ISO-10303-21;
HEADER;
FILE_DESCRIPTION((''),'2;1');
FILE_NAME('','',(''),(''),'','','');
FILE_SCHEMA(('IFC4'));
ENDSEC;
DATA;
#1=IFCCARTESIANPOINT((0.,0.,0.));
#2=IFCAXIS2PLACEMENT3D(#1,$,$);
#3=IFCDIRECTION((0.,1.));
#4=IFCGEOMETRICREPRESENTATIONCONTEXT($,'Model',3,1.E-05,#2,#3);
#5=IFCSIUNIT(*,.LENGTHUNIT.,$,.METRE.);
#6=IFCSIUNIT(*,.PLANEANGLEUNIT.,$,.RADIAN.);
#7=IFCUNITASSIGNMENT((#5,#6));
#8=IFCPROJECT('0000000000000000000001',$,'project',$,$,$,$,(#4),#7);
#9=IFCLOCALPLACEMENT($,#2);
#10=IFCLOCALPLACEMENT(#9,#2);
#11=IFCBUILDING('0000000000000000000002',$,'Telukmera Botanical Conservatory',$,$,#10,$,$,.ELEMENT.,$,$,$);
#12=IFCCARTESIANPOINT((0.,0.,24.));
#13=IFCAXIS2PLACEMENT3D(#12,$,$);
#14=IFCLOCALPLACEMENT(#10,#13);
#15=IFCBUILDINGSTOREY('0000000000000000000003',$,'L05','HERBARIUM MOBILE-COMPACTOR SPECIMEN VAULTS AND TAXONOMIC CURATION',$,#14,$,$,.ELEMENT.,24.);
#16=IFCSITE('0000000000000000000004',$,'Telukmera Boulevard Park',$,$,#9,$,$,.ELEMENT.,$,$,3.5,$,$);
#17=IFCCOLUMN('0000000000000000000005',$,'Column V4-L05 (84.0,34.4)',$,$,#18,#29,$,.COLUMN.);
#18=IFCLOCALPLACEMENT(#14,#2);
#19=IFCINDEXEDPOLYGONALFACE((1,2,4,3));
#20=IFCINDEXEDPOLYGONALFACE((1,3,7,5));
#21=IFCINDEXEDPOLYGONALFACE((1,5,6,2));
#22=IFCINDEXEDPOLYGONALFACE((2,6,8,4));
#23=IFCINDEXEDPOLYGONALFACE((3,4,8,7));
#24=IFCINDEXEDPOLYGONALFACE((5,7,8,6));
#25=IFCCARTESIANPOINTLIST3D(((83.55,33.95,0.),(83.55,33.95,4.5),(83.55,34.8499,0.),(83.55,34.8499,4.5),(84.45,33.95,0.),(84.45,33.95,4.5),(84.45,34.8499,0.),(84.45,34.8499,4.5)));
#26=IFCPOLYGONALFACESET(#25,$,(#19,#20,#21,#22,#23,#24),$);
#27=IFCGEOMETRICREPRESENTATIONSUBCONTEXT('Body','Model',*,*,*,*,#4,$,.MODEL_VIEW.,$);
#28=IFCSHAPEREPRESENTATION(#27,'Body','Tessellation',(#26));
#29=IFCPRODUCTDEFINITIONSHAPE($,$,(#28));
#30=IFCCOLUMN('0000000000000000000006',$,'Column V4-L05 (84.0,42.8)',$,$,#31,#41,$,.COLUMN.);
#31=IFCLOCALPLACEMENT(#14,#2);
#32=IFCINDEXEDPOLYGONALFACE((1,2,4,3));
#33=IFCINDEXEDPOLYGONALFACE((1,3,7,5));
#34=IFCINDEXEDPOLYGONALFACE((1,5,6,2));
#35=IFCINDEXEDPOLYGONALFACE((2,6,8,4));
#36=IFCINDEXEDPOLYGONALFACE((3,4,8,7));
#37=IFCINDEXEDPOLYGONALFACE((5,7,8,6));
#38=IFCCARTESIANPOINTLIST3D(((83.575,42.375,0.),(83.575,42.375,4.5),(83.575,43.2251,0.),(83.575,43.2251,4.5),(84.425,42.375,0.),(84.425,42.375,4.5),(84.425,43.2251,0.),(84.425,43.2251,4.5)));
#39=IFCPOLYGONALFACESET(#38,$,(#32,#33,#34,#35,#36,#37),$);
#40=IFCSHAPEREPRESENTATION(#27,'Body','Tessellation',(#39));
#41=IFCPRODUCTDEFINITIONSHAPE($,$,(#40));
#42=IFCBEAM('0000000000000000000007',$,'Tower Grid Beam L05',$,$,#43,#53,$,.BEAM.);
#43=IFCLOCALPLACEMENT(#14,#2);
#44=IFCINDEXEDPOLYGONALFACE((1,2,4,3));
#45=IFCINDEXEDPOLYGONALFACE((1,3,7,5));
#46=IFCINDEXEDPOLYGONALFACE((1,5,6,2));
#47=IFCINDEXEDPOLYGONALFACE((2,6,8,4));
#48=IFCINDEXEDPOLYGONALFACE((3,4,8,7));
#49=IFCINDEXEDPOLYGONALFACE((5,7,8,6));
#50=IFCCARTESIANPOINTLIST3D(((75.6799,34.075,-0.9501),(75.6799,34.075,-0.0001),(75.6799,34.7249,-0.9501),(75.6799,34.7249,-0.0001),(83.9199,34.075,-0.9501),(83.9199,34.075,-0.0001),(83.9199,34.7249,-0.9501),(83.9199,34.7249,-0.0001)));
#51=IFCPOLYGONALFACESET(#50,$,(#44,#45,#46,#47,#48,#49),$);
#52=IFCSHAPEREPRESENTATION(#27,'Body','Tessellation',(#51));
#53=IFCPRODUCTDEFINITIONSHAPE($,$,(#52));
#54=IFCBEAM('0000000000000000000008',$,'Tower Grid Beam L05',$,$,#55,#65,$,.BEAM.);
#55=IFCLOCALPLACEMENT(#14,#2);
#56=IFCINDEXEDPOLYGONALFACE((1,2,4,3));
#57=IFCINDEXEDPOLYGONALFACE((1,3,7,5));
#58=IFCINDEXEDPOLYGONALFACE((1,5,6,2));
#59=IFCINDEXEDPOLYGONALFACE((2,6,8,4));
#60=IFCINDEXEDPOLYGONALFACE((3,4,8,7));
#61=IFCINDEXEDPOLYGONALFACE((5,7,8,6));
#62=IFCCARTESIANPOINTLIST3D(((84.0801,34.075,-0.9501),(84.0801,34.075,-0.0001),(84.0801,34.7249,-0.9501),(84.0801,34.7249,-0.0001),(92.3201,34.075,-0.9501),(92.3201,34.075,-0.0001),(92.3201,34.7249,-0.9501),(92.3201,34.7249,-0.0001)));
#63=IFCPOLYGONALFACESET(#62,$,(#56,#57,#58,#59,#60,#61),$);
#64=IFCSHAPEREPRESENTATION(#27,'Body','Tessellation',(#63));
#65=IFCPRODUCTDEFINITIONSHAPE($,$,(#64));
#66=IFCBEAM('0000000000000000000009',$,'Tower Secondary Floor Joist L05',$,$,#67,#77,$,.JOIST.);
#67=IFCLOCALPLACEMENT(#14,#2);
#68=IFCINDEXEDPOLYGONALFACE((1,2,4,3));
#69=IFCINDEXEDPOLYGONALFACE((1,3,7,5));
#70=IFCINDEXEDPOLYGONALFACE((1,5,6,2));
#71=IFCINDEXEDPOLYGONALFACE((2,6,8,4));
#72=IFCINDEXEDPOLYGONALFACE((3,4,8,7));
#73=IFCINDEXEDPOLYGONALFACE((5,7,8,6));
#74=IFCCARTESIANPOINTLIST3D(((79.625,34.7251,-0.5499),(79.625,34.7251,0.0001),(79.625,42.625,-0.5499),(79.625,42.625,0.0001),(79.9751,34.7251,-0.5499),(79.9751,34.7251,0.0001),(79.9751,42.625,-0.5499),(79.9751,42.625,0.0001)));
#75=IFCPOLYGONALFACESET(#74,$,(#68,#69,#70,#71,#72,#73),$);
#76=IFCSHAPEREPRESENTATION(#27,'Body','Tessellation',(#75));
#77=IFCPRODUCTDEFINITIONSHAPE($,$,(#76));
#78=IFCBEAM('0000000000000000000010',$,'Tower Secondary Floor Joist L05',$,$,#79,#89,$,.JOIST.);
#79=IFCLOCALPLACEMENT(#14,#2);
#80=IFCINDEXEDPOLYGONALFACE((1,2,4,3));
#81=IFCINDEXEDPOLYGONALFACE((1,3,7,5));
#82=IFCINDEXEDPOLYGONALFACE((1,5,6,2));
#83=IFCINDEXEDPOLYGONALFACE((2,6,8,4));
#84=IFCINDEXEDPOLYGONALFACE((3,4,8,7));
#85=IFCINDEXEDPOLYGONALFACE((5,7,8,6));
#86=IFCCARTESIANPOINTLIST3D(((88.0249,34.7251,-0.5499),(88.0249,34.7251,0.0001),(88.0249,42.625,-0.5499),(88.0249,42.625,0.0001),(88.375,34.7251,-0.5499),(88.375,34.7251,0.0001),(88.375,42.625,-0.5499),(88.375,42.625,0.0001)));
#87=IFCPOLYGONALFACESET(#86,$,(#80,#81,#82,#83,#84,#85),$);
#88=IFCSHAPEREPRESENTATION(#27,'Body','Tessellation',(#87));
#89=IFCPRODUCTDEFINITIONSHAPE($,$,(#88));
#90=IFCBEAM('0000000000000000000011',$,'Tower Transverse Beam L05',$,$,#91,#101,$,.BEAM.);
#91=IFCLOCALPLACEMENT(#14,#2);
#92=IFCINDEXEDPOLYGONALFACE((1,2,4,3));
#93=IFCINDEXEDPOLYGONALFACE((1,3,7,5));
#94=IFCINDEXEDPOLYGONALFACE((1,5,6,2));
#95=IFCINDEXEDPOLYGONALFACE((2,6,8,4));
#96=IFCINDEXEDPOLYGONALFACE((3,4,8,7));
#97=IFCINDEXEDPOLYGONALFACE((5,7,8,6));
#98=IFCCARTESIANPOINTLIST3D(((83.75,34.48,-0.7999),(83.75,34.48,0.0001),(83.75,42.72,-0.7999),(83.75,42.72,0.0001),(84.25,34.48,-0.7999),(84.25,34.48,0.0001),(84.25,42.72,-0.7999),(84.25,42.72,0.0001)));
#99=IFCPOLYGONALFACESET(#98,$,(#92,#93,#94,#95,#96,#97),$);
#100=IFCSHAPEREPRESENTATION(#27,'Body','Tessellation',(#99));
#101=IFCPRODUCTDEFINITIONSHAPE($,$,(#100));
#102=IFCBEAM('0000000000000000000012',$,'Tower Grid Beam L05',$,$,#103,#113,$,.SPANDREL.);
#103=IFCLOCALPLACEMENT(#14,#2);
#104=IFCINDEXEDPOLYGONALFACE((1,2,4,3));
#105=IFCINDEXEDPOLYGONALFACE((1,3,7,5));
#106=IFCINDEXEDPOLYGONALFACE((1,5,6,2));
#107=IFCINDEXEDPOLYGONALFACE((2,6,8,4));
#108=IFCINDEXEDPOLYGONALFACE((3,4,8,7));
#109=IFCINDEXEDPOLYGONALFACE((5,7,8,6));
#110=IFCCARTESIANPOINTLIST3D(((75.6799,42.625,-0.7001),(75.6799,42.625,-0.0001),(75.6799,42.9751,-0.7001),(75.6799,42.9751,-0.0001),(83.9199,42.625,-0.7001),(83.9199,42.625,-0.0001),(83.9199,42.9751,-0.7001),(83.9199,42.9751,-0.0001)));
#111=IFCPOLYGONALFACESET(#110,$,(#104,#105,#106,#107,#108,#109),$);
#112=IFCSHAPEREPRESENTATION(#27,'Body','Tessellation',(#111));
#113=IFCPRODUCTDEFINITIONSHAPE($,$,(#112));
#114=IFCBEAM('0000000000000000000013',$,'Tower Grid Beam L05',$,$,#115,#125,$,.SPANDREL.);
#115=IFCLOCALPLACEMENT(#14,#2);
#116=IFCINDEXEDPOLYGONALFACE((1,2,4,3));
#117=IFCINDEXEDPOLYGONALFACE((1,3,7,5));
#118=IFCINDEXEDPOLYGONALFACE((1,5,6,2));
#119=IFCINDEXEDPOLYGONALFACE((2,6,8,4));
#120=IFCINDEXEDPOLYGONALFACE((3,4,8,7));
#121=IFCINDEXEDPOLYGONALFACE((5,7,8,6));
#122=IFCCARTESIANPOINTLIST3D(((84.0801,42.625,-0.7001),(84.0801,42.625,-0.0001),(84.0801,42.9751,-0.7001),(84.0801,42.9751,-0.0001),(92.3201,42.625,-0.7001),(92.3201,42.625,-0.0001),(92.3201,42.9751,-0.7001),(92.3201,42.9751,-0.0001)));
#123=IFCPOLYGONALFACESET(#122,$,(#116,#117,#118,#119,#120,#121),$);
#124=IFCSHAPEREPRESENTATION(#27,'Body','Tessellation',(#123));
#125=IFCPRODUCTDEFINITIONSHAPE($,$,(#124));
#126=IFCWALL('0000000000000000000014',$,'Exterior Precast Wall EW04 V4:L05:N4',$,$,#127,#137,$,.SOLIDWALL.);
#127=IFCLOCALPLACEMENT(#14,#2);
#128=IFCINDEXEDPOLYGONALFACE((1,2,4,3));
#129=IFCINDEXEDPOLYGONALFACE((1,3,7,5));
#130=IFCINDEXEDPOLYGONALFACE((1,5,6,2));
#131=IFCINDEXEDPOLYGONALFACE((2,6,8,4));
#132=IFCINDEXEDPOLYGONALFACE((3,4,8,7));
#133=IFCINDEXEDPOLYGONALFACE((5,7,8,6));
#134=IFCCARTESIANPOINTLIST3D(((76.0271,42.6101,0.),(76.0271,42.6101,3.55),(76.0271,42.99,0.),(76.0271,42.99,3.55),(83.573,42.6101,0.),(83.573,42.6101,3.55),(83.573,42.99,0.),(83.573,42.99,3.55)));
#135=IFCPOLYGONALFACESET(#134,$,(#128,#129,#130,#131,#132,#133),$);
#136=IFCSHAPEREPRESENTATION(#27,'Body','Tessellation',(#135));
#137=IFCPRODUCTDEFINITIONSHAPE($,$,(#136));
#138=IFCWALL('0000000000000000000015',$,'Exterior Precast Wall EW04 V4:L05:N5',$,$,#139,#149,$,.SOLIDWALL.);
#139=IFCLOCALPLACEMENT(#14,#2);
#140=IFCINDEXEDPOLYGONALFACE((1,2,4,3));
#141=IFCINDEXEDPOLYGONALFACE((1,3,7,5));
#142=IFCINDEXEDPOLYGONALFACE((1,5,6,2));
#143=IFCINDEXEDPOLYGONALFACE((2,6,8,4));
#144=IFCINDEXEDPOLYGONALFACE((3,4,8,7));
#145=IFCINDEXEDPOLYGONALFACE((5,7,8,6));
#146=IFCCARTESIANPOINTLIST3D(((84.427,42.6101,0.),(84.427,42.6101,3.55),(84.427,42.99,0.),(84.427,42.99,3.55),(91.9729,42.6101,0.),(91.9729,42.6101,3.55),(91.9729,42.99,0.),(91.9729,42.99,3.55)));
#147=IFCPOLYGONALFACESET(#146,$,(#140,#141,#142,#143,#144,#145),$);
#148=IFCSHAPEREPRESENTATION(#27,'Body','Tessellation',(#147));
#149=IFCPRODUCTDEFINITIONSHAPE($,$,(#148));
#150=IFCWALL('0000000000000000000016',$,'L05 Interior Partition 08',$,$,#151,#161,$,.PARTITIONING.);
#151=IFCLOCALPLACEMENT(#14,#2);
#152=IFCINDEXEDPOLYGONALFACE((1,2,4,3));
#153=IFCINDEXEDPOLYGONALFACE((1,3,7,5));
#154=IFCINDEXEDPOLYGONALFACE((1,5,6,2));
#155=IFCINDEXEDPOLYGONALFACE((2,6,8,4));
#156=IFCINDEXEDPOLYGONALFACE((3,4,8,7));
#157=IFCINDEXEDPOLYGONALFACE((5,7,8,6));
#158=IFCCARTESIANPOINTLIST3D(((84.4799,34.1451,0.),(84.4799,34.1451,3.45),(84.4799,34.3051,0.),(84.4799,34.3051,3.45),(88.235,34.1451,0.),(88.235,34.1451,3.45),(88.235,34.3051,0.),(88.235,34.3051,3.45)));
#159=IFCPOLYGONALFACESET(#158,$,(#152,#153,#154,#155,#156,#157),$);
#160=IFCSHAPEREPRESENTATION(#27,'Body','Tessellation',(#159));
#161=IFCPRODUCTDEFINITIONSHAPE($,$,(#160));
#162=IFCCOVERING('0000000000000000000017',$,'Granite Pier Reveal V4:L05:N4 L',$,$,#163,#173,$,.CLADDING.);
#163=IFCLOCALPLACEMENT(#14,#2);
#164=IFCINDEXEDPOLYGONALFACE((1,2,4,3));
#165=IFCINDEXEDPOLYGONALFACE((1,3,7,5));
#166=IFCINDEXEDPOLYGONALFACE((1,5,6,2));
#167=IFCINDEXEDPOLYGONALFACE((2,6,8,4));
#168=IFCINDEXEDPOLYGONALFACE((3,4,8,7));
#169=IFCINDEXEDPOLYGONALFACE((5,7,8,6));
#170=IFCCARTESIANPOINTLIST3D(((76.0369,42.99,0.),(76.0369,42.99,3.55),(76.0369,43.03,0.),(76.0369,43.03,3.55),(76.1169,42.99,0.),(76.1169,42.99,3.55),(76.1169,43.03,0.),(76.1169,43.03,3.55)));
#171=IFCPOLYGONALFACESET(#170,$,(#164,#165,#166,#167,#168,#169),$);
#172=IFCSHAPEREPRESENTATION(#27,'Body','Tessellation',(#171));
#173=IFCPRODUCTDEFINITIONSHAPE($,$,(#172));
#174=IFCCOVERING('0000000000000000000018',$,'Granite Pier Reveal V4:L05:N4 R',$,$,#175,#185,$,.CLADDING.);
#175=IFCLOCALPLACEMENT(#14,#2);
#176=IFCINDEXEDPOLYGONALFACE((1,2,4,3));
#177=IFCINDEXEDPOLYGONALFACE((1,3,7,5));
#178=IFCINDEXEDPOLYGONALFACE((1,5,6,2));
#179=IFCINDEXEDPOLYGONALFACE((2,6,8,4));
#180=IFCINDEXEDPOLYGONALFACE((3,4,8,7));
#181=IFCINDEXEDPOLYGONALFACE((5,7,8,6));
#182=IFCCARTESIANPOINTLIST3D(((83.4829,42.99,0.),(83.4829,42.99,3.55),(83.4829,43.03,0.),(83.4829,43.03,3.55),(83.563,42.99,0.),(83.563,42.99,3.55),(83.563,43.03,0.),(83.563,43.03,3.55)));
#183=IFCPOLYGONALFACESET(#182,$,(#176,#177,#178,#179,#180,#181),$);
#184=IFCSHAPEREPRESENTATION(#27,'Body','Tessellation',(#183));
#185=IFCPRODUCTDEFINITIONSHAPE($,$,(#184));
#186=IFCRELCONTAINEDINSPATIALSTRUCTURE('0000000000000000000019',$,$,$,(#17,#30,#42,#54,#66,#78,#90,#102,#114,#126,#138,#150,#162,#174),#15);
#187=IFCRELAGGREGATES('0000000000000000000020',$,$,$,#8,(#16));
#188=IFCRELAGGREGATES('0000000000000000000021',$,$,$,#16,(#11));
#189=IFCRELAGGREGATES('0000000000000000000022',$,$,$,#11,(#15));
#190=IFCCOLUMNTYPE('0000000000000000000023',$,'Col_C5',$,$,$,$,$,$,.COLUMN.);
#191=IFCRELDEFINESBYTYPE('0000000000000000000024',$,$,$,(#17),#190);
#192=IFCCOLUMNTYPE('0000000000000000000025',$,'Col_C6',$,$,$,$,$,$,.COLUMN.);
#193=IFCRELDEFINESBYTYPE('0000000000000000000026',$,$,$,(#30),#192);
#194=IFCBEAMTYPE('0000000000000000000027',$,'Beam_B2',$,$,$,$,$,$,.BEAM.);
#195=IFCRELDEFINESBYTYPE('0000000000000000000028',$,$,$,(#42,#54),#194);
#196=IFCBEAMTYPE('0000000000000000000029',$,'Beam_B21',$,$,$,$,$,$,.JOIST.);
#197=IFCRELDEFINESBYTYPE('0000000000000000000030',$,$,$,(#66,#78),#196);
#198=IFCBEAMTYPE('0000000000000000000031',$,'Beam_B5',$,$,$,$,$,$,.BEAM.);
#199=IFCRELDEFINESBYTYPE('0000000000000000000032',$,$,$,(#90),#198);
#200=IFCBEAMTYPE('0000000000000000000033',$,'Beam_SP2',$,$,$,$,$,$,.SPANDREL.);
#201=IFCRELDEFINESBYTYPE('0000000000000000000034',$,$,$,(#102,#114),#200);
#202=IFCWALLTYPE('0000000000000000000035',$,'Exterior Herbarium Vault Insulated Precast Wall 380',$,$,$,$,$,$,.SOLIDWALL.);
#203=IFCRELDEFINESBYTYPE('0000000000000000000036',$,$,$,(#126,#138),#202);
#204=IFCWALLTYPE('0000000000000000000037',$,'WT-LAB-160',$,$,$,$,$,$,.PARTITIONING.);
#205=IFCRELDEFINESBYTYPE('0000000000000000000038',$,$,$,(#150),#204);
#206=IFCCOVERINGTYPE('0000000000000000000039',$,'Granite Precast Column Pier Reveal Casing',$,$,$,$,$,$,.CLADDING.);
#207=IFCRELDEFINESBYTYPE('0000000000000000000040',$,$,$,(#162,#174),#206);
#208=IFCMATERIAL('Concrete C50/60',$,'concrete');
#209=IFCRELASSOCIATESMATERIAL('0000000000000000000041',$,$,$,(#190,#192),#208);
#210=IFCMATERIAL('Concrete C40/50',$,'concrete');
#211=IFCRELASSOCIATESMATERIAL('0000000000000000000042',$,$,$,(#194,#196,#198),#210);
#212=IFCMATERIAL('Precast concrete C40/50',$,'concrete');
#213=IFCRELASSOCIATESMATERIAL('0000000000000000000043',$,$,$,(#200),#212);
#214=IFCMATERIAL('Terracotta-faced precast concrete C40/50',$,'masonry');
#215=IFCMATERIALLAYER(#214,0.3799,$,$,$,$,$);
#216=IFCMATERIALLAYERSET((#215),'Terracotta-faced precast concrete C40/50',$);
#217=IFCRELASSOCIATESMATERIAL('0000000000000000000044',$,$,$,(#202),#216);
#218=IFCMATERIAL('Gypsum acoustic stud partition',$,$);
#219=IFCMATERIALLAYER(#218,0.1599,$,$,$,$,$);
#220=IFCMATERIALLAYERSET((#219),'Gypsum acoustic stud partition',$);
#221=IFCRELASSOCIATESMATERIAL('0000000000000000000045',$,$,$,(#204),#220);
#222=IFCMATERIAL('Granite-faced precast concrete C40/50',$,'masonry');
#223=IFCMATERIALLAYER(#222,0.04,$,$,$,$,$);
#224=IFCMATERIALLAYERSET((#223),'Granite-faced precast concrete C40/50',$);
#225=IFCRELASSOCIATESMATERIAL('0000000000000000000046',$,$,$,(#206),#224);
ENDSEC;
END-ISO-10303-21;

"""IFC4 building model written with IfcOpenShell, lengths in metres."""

from ifc_helpers import new_model, si_unit, direction, frame, frame_2d, origin, origin_2d, place, context, subcontext, project, spatial, rectangle, extrude, material, layer, layer_set, material_profile, profile_set, type_object, element, save


model = new_model("IFC4")

# Units and contexts
model_context = context("Model", 3, precision=1e-05, world=origin(), true_north=direction((0.0, 1.0)))
body_context = subcontext(model_context, "Body", "Model", "MODEL_VIEW")
ifc_project = project(units=[si_unit("LENGTHUNIT", "METRE"), si_unit("PLANEANGLEUNIT", "RADIAN")], contexts=[model_context])

# Site, building, storey
site_placement = place(None, origin())
site = spatial("IfcSite", under=ifc_project, at=site_placement, Name="Telukmera Boulevard Park", CompositionType="ELEMENT", RefElevation=3.5)
building_placement = place(site_placement, origin())
building = spatial("IfcBuilding", under=site, at=building_placement, Name="Telukmera Botanical Conservatory", CompositionType="ELEMENT")
storey_placement = place(building_placement, frame((0.0, 0.0, 24.0)))
storey = spatial("IfcBuildingStorey", under=building, at=storey_placement, Name="L05", Description="HERBARIUM MOBILE-COMPACTOR SPECIMEN VAULTS AND TAXONOMIC CURATION", CompositionType="ELEMENT", Elevation=24.0)

# Columns
ifc_material_1 = material(Name="Concrete C50/60", Category="concrete")
ifc_material_profile_1 = material_profile(ifc_material_1, rectangle(XDim=0.8999, YDim=0.8999, at=origin_2d()), Name="RC 900x900")
ifc_profile_set_1 = profile_set([ifc_material_profile_1], Name="Concrete C50/60")
column_type_1 = type_object("IfcColumnType", Name="Col_C5", PredefinedType="COLUMN", material=ifc_profile_set_1)
column_1_placement = place(storey_placement, frame((84.0, 34.3999, 0.0), z_axis=(0.0, 0.0, 1.0), x_axis=(1.0, 0.0, 0.0)))
element("IfcColumn", 1, at=column_1_placement, inside=storey, type_object=column_type_1, Name="Column V4-L05 (84.0,34.4)", PredefinedType="COLUMN", context=body_context, shape_type="SweptSolid", body=[
    extrude(rectangle(XDim=0.8999, YDim=0.8999, at=origin_2d()), origin(), (0.0, 0.0, 1.0), 4.5),
])
ifc_material_profile_2 = material_profile(ifc_material_1, rectangle(XDim=0.8501, YDim=0.8501, at=origin_2d()), Name="RC 850x850")
ifc_profile_set_2 = profile_set([ifc_material_profile_2], Name="Concrete C50/60")
column_type_2 = type_object("IfcColumnType", Name="Col_C6", PredefinedType="COLUMN", material=ifc_profile_set_2)
column_2_placement = place(storey_placement, frame((84.0, 42.8, 0.0), z_axis=(0.0, 0.0, 1.0), x_axis=(1.0, 0.0, 0.0)))
element("IfcColumn", 2, at=column_2_placement, inside=storey, type_object=column_type_2, Name="Column V4-L05 (84.0,42.8)", PredefinedType="COLUMN", context=body_context, shape_type="SweptSolid", body=[
    extrude(rectangle(XDim=0.8501, YDim=0.8501, at=origin_2d()), origin(), (0.0, 0.0, 1.0), 4.5),
])

# Beams
ifc_material_2 = material(Name="Concrete C40/50", Category="concrete")
ifc_material_profile_3 = material_profile(ifc_material_2, rectangle(XDim=0.6499, YDim=0.95, at=origin_2d()), Name="RC 650x950")
ifc_profile_set_3 = profile_set([ifc_material_profile_3], Name="Concrete C40/50")
beam_type_1 = type_object("IfcBeamType", Name="Beam_B2", PredefinedType="BEAM", material=ifc_profile_set_3)
for number, where, z_axis, x_axis, name in (
    (3, (75.6799, 34.3999, -0.4751), (1.0, 0.0, 0.0), (0.0, 1.0, 0.0), "Tower Grid Beam L05"),
    (4, (84.0801, 34.3999, -0.4751), (1.0, 0.0, 0.0), (0.0, 1.0, 0.0), "Tower Grid Beam L05"),
):
    element("IfcBeam", number, at=place(storey_placement, frame(where, z_axis=z_axis, x_axis=x_axis)), inside=storey, type_object=beam_type_1, Name=name, PredefinedType="BEAM", context=body_context, shape_type="SweptSolid", body=[
        extrude(rectangle(XDim=0.6499, YDim=0.95, at=origin_2d()), origin(), (0.0, 0.0, 1.0), 8.24),
    ])
ifc_material_profile_4 = material_profile(ifc_material_2, rectangle(XDim=0.3501, YDim=0.55, at=origin_2d()), Name="RC 350x550")
ifc_profile_set_4 = profile_set([ifc_material_profile_4], Name="Concrete C40/50")
beam_type_2 = type_object("IfcBeamType", Name="Beam_B21", PredefinedType="JOIST", material=ifc_profile_set_4)
for number, where, z_axis, x_axis, name in (
    (5, (79.8, 34.7251, -0.2749), (0.0, 1.0, 0.0), (-1.0, 0.0, 0.0), "Tower Secondary Floor Joist L05"),
    (6, (88.2, 34.7251, -0.2749), (0.0, 1.0, 0.0), (-1.0, 0.0, 0.0), "Tower Secondary Floor Joist L05"),
):
    element("IfcBeam", number, at=place(storey_placement, frame(where, z_axis=z_axis, x_axis=x_axis)), inside=storey, type_object=beam_type_2, Name=name, PredefinedType="JOIST", context=body_context, shape_type="SweptSolid", body=[
        extrude(rectangle(XDim=0.3501, YDim=0.55, at=origin_2d()), origin(), (0.0, 0.0, 1.0), 7.8999),
    ])
ifc_material_profile_5 = material_profile(ifc_material_2, rectangle(XDim=0.5, YDim=0.8, at=origin_2d()), Name="RC 500x800")
ifc_profile_set_5 = profile_set([ifc_material_profile_5], Name="Concrete C40/50")
beam_type_3 = type_object("IfcBeamType", Name="Beam_B5", PredefinedType="BEAM", material=ifc_profile_set_5)
beam_placement = place(storey_placement, frame((84.0, 34.48, -0.3999), z_axis=(0.0, 1.0, 0.0), x_axis=(-1.0, 0.0, 0.0)))
element("IfcBeam", 7, at=beam_placement, inside=storey, type_object=beam_type_3, Name="Tower Transverse Beam L05", PredefinedType="BEAM", context=body_context, shape_type="SweptSolid", body=[
    extrude(rectangle(XDim=0.5, YDim=0.8, at=origin_2d()), origin(), (0.0, 0.0, 1.0), 8.24),
])
ifc_material_3 = material(Name="Precast concrete C40/50", Category="concrete")
ifc_material_profile_6 = material_profile(ifc_material_3, rectangle(XDim=0.3501, YDim=0.7, at=origin_2d()), Name="PC 350x700")
ifc_profile_set_6 = profile_set([ifc_material_profile_6], Name="Precast concrete C40/50")
beam_type_4 = type_object("IfcBeamType", Name="Beam_SP2", PredefinedType="SPANDREL", material=ifc_profile_set_6)
for number, where, z_axis, x_axis, name in (
    (8, (75.6799, 42.8, -0.3501), (1.0, 0.0, 0.0), (0.0, 1.0, 0.0), "Tower Grid Beam L05"),
    (9, (84.0801, 42.8, -0.3501), (1.0, 0.0, 0.0), (0.0, 1.0, 0.0), "Tower Grid Beam L05"),
):
    element("IfcBeam", number, at=place(storey_placement, frame(where, z_axis=z_axis, x_axis=x_axis)), inside=storey, type_object=beam_type_4, Name=name, PredefinedType="SPANDREL", context=body_context, shape_type="SweptSolid", body=[
        extrude(rectangle(XDim=0.3501, YDim=0.7, at=origin_2d()), origin(), (0.0, 0.0, 1.0), 8.24),
    ])

# Walls
ifc_material_4 = material(Name="Terracotta-faced precast concrete C40/50", Category="masonry")
ifc_layer_1 = layer(ifc_material_4, 0.3799)
ifc_layer_set_1 = layer_set([ifc_layer_1], Name="Terracotta-faced precast concrete C40/50")
wall_type_1 = type_object("IfcWallType", Name="Exterior Herbarium Vault Insulated Precast Wall 380", PredefinedType="SOLIDWALL", material=ifc_layer_set_1)
for number, where, z_axis, x_axis, name in (
    (10, (76.0271, 42.8, 0.0), (0.0, 0.0, 1.0), (1.0, 0.0, 0.0), "Exterior Precast Wall EW04 V4:L05:N4"),
    (11, (84.427, 42.8, 0.0), (0.0, 0.0, 1.0), (1.0, 0.0, 0.0), "Exterior Precast Wall EW04 V4:L05:N5"),
):
    element("IfcWall", number, at=place(storey_placement, frame(where, z_axis=z_axis, x_axis=x_axis)), inside=storey, type_object=wall_type_1, Name=name, PredefinedType="SOLIDWALL", context=body_context, shape_type="SweptSolid", body=[
        extrude(rectangle(XDim=7.5459, YDim=0.3799, at=frame_2d((3.7729, 0.0))), origin(), (0.0, 0.0, 1.0), 3.55),
    ])
ifc_material_5 = material(Name="Gypsum acoustic stud partition")
ifc_layer_2 = layer(ifc_material_5, 0.1599)
ifc_layer_set_2 = layer_set([ifc_layer_2], Name="Gypsum acoustic stud partition")
wall_type_2 = type_object("IfcWallType", Name="WT-LAB-160", PredefinedType="PARTITIONING", material=ifc_layer_set_2)
wall_placement = place(storey_placement, frame((84.48, 34.2251, 0.0), z_axis=(0.0, 0.0, 1.0), x_axis=(1.0, 0.0, 0.0)))
element("IfcWall", 12, at=wall_placement, inside=storey, type_object=wall_type_2, Name="L05 Interior Partition 08", PredefinedType="PARTITIONING", context=body_context, shape_type="SweptSolid", body=[
    extrude(rectangle(XDim=3.7551, YDim=0.1599, at=frame_2d((1.8774, 0.0))), origin(), (0.0, 0.0, 1.0), 3.45),
])

# Coverings
ifc_material_6 = material(Name="Granite-faced precast concrete C40/50", Category="masonry")
ifc_layer_3 = layer(ifc_material_6, 0.04)
ifc_layer_set_3 = layer_set([ifc_layer_3], Name="Granite-faced precast concrete C40/50")
covering_type_1 = type_object("IfcCoveringType", Name="Granite Precast Column Pier Reveal Casing", PredefinedType="CLADDING", material=ifc_layer_set_3)
for number, where, z_axis, x_axis, name in (
    (13, (76.0769, 43.01, 0.0), (0.0, 0.0, 1.0), (1.0, 0.0, 0.0), "Granite Pier Reveal V4:L05:N4 L"),
    (14, (83.5229, 43.01, 0.0), (0.0, 0.0, 1.0), (1.0, 0.0, 0.0), "Granite Pier Reveal V4:L05:N4 R"),
):
    element("IfcCovering", number, at=place(storey_placement, frame(where, z_axis=z_axis, x_axis=x_axis)), inside=storey, type_object=covering_type_1, Name=name, PredefinedType="CLADDING", context=body_context, shape_type="SweptSolid", body=[
        extrude(rectangle(XDim=0.0801, YDim=0.04, at=origin_2d()), origin(), (0.0, 0.0, 1.0), 3.55),
    ])

save(model, "model.ifc")
